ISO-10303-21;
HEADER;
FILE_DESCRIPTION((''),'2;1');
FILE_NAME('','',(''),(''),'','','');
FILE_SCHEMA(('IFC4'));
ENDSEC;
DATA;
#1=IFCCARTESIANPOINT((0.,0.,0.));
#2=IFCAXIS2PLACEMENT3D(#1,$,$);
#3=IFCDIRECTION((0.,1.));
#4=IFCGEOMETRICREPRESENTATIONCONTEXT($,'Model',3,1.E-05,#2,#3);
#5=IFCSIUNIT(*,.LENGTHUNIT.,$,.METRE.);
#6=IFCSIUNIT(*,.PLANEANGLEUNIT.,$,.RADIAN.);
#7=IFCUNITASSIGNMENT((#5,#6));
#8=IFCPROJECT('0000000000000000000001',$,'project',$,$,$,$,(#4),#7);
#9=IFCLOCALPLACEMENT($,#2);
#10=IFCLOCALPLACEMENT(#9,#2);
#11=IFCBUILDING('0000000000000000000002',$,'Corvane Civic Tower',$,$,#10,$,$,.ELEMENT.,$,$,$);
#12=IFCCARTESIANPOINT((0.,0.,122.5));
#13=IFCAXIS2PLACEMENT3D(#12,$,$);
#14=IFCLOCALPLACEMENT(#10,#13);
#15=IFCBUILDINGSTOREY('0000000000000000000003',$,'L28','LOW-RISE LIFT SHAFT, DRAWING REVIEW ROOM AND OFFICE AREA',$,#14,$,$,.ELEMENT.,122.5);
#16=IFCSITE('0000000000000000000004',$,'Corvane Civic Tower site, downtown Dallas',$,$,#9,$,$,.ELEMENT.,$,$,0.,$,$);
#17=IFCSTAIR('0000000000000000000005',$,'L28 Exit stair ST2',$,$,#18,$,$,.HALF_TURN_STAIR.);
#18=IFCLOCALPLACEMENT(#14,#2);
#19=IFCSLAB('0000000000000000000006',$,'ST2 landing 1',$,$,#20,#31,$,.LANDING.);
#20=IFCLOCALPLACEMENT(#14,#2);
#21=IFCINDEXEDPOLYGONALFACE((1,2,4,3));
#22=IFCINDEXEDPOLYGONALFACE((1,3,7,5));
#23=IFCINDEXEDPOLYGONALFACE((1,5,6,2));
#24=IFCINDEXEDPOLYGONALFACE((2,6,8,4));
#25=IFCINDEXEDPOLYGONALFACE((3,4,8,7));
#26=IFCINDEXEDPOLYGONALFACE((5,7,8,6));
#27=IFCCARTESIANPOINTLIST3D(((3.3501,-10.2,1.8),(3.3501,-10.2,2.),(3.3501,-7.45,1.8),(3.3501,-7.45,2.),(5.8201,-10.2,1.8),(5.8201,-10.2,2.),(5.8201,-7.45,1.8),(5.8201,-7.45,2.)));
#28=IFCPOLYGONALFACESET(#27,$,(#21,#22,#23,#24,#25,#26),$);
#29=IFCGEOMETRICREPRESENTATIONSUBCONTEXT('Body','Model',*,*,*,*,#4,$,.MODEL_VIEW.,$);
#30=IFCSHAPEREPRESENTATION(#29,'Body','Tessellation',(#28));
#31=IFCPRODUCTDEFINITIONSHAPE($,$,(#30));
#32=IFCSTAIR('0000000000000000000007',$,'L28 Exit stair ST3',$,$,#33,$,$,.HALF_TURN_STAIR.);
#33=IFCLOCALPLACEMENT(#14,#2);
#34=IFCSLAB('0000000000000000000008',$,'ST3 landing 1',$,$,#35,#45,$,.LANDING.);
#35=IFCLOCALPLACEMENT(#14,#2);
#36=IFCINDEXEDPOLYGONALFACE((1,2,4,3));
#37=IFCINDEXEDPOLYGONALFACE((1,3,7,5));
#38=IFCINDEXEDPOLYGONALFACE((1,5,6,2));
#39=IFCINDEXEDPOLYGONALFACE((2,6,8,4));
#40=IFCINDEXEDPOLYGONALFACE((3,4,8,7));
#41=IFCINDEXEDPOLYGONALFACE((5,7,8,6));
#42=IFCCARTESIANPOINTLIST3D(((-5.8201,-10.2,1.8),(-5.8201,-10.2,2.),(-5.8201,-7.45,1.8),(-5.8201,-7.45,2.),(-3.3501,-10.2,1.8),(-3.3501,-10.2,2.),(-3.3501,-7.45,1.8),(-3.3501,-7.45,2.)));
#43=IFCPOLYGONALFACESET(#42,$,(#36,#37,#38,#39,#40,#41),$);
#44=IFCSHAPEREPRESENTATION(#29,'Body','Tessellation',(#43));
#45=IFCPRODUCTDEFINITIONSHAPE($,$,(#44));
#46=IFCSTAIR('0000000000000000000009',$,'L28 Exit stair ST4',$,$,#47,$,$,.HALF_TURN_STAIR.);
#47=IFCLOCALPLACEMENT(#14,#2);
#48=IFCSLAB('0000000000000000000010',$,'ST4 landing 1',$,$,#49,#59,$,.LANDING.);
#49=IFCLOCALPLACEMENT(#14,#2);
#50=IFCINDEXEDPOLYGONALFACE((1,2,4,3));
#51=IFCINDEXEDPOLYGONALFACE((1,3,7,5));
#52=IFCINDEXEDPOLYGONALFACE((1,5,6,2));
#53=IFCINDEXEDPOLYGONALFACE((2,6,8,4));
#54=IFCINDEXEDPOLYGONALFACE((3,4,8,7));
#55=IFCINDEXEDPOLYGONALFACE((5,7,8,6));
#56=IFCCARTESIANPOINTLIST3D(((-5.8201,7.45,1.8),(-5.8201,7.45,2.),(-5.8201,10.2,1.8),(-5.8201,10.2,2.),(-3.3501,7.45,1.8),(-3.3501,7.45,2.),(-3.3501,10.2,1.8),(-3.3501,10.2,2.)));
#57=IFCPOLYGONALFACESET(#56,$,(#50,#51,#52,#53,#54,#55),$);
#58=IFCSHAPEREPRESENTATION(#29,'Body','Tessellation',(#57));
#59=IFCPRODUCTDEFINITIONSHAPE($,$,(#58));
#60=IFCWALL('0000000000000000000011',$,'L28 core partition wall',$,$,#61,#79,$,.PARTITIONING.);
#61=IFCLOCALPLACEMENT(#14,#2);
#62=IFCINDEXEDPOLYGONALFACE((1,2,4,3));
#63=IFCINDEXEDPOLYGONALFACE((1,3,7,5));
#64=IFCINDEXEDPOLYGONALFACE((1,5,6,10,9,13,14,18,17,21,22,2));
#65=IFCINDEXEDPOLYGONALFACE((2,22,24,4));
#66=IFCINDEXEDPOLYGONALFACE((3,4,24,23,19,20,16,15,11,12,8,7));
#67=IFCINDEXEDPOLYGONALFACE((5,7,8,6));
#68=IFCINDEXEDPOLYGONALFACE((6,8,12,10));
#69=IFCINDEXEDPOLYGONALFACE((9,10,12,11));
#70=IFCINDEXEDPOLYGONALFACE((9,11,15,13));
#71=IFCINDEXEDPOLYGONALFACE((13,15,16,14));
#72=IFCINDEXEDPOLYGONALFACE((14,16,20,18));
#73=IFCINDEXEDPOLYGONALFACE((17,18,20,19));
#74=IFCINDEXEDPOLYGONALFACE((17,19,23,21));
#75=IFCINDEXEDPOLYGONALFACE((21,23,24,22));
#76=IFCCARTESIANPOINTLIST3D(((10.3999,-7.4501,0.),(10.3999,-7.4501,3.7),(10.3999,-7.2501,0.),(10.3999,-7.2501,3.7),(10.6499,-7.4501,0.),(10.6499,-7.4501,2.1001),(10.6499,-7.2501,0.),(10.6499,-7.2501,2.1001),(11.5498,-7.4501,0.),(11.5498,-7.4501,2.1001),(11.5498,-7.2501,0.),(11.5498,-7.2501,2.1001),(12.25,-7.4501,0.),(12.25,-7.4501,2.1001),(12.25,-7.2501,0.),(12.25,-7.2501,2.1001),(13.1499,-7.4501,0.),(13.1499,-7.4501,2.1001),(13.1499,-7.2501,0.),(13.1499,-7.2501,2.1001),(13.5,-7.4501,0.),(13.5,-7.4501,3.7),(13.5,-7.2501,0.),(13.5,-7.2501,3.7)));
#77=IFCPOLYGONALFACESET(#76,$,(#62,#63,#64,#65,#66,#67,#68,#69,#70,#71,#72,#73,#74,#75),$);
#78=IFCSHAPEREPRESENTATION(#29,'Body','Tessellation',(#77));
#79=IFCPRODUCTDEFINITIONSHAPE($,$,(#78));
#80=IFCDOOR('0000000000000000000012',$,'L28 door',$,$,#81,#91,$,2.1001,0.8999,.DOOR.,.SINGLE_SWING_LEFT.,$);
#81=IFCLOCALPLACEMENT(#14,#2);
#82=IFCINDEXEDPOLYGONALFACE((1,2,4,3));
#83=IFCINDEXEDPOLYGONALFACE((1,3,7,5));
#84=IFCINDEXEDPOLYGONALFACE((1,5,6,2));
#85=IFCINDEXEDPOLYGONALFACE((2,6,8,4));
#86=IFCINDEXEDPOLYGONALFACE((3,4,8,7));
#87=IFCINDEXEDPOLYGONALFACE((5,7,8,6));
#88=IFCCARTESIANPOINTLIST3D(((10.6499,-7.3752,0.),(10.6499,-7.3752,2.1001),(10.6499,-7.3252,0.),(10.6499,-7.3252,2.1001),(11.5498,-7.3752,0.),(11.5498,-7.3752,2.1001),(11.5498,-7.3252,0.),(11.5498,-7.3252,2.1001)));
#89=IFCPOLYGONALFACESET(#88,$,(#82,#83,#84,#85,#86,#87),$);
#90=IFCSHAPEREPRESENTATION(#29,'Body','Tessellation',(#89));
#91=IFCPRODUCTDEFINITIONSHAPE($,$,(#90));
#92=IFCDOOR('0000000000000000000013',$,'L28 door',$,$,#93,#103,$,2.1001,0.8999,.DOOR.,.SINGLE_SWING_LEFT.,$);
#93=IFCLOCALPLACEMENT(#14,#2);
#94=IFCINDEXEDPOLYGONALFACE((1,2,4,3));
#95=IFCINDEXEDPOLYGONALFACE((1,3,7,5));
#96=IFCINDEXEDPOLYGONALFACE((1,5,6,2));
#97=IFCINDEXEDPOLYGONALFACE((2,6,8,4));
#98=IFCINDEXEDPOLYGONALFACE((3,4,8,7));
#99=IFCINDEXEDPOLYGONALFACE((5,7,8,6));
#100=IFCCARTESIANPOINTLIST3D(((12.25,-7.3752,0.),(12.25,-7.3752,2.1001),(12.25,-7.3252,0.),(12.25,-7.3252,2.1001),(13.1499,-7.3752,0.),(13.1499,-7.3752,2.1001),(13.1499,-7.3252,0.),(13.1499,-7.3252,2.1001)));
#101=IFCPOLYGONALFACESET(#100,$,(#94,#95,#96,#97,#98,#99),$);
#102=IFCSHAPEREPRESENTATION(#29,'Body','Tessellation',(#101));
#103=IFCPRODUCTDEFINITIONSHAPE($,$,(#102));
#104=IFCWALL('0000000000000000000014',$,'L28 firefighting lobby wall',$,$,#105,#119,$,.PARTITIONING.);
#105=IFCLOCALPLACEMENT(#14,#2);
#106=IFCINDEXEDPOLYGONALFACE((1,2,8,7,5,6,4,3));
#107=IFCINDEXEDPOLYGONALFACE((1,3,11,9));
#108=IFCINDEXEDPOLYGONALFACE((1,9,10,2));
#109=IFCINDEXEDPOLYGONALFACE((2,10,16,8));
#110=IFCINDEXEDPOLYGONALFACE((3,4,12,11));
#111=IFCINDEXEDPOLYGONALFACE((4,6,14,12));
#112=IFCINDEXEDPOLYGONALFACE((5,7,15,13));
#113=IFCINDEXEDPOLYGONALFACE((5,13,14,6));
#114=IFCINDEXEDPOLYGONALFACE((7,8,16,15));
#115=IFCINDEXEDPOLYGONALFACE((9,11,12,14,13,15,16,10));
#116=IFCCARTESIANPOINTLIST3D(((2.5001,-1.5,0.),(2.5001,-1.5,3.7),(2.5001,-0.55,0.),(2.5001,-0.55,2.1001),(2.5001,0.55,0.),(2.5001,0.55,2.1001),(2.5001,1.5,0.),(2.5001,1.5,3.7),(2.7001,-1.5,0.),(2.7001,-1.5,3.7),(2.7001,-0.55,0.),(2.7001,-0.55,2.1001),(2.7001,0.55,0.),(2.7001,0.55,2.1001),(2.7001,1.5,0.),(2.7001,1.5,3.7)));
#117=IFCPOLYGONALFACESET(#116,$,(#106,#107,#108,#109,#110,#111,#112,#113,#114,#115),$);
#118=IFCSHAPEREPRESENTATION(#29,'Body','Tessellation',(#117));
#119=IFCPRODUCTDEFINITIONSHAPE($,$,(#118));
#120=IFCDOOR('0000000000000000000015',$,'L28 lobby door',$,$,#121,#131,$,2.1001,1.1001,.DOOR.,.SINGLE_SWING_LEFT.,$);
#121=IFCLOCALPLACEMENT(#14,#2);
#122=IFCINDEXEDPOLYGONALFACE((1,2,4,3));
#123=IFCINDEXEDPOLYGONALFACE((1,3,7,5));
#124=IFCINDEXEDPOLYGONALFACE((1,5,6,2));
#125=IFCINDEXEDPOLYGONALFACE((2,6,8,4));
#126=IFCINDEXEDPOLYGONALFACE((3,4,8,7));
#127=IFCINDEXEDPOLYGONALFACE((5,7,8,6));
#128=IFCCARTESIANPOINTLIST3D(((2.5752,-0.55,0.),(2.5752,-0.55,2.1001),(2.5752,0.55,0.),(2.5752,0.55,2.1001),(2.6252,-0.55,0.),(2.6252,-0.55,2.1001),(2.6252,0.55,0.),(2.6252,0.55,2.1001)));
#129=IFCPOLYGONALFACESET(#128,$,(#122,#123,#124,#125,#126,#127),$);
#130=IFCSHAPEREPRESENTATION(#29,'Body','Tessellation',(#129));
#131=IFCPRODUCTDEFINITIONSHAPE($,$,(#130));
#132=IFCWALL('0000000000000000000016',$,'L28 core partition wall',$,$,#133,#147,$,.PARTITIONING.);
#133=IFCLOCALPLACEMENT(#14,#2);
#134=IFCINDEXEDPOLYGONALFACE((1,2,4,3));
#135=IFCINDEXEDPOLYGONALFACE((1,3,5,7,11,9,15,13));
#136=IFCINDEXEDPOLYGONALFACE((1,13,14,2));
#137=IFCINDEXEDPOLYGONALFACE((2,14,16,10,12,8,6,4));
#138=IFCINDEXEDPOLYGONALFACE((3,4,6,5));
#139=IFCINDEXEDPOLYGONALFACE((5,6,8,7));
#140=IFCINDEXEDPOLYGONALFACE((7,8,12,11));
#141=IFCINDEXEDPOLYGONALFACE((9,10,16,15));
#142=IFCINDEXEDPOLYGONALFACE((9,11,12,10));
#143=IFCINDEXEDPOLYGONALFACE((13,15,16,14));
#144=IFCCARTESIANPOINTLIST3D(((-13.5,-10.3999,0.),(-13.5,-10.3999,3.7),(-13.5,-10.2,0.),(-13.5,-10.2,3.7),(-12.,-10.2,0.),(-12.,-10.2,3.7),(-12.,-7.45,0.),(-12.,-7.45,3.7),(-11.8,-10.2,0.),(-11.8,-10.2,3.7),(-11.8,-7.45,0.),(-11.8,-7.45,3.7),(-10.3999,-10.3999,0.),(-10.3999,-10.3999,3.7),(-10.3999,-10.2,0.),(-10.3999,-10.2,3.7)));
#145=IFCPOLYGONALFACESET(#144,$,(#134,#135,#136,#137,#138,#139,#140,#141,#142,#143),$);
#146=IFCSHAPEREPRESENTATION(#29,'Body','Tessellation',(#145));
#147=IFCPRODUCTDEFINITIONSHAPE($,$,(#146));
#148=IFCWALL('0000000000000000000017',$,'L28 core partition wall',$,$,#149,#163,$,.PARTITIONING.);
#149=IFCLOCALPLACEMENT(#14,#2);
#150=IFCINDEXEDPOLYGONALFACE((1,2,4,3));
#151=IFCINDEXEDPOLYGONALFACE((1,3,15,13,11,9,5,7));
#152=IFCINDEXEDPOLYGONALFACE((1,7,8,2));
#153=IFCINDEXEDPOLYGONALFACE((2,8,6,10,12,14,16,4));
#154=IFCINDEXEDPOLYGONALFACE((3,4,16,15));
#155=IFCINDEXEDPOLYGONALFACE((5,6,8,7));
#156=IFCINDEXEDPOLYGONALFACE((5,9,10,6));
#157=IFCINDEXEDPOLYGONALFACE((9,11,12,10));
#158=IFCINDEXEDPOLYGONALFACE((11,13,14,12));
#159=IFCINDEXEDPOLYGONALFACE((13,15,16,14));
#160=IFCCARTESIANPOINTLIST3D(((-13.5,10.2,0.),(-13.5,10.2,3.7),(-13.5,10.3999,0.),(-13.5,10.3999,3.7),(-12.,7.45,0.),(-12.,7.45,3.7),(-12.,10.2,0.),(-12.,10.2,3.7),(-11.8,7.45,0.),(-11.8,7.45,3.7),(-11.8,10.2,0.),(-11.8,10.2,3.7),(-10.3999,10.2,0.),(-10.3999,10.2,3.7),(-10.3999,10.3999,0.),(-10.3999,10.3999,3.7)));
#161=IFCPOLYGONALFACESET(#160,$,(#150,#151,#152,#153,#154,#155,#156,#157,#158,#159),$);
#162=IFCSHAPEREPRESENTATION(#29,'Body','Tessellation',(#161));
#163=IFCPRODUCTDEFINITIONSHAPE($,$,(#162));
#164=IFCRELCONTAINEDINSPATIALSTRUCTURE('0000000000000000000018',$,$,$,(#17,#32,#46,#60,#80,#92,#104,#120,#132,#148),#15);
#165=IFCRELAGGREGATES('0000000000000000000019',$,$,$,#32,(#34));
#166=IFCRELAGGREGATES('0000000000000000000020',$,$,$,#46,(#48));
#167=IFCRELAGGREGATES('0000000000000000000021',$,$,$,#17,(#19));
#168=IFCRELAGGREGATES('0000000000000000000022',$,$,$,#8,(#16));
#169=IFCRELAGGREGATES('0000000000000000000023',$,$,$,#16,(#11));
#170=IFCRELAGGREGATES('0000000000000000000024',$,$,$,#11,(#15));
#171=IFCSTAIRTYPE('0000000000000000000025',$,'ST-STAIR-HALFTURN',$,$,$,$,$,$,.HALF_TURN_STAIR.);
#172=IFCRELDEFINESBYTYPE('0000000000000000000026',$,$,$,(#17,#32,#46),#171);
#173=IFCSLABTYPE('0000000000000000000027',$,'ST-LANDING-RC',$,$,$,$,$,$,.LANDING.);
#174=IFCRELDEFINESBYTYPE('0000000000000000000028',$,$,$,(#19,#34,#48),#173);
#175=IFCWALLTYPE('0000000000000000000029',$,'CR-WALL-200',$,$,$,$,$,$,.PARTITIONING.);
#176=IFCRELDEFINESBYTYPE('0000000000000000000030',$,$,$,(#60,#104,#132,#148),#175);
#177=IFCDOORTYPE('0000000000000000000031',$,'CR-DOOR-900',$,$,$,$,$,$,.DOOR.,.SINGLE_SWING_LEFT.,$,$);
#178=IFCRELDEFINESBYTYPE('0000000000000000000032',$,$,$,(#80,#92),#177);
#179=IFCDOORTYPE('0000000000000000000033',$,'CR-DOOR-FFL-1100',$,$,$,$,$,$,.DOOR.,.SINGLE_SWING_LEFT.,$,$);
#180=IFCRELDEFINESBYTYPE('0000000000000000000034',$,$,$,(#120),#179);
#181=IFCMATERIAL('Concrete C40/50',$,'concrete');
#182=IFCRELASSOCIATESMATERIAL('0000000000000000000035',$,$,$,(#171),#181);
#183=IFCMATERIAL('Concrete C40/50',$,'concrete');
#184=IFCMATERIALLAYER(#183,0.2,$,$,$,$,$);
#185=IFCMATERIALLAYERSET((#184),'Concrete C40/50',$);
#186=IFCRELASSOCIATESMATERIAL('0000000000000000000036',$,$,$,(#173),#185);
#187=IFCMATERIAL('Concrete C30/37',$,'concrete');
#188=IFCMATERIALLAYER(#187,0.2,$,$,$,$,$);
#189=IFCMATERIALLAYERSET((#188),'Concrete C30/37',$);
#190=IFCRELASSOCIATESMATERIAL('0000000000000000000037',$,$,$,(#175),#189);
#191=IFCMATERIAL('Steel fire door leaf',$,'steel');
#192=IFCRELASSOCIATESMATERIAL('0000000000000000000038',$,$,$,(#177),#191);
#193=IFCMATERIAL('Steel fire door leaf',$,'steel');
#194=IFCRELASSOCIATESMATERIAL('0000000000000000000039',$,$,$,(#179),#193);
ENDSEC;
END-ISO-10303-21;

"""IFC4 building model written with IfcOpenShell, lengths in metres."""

from ifc_helpers import new_model, si_unit, direction, frame, frame_2d, origin, place, context, subcontext, project, spatial, polyline, rectangle, outline, extrude, material, layer, layer_set, type_object, element, fill, aggregate, save


model = new_model("IFC4")

# Units and contexts
model_context = context("Model", 3, precision=1e-05, world=origin(), true_north=direction((0.0, 1.0)))
body_context = subcontext(model_context, "Body", "Model", "MODEL_VIEW")
ifc_project = project(units=[si_unit("LENGTHUNIT", "METRE"), si_unit("PLANEANGLEUNIT", "RADIAN")], contexts=[model_context])

# Site, building, storey
site_placement = place(None, origin())
site = spatial("IfcSite", under=ifc_project, at=site_placement, Name="Corvane Civic Tower site, downtown Dallas", CompositionType="ELEMENT", RefElevation=0.0)
building_placement = place(site_placement, origin())
building = spatial("IfcBuilding", under=site, at=building_placement, Name="Corvane Civic Tower", CompositionType="ELEMENT")
storey_placement = place(building_placement, frame((0.0, 0.0, 122.5)))
storey = spatial("IfcBuildingStorey", under=building, at=storey_placement, Name="L28", Description="LOW-RISE LIFT SHAFT, DRAWING REVIEW ROOM AND OFFICE AREA", CompositionType="ELEMENT", Elevation=122.5)

# Stairs, slabs
ifc_material_1 = material(Name="Concrete C40/50", Category="concrete")
stair_type = type_object("IfcStairType", Name="ST-STAIR-HALFTURN", PredefinedType="HALF_TURN_STAIR", material=ifc_material_1)
stair_1_placement = place(storey_placement, origin())
stair_1 = element("IfcStair", 1, at=stair_1_placement, inside=storey, type_object=stair_type, Name="L28 Exit stair ST2", PredefinedType="HALF_TURN_STAIR")
ifc_material_2 = material(Name="Concrete C40/50", Category="concrete")
ifc_layer_1 = layer(ifc_material_2, 0.2)
ifc_layer_set_1 = layer_set([ifc_layer_1], Name="Concrete C40/50")
slab_type = type_object("IfcSlabType", Name="ST-LANDING-RC", PredefinedType="LANDING", material=ifc_layer_set_1)
slab_1_placement = place(storey_placement, frame((0.0, 0.0, 1.8)))
slab_1 = element("IfcSlab", 2, at=slab_1_placement, type_object=slab_type, Name="ST2 landing 1", PredefinedType="LANDING", context=body_context, shape_type="SweptSolid", body=[
    extrude(outline(polyline([(5.8201, -7.45), (3.3501, -7.45), (3.3501, -10.2), (5.8201, -10.2), (5.8201, -7.45)])), origin(), (0.0, 0.0, 1.0), 0.2),
])
stair_2_placement = place(storey_placement, origin())
stair_2 = element("IfcStair", 3, at=stair_2_placement, inside=storey, type_object=stair_type, Name="L28 Exit stair ST3", PredefinedType="HALF_TURN_STAIR")
slab_2_placement = place(storey_placement, frame((0.0, 0.0, 1.8)))
slab_2 = element("IfcSlab", 4, at=slab_2_placement, type_object=slab_type, Name="ST3 landing 1", PredefinedType="LANDING", context=body_context, shape_type="SweptSolid", body=[
    extrude(outline(polyline([(-5.8201, -10.2), (-3.3501, -10.2), (-3.3501, -7.45), (-5.8201, -7.45), (-5.8201, -10.2)])), origin(), (0.0, 0.0, 1.0), 0.2),
])
aggregate(stair_2, [slab_2])
stair_3_placement = place(storey_placement, origin())
stair_3 = element("IfcStair", 5, at=stair_3_placement, inside=storey, type_object=stair_type, Name="L28 Exit stair ST4", PredefinedType="HALF_TURN_STAIR")
slab_3_placement = place(storey_placement, frame((0.0, 0.0, 1.8)))
slab_3 = element("IfcSlab", 6, at=slab_3_placement, type_object=slab_type, Name="ST4 landing 1", PredefinedType="LANDING", context=body_context, shape_type="SweptSolid", body=[
    extrude(outline(polyline([(-5.8201, 7.45), (-3.3501, 7.45), (-3.3501, 10.2), (-5.8201, 10.2), (-5.8201, 7.45)])), origin(), (0.0, 0.0, 1.0), 0.2),
])
aggregate(stair_3, [slab_3])

# Wall, openings, doors
ifc_material_3 = material(Name="Concrete C30/37", Category="concrete")
ifc_layer_2 = layer(ifc_material_3, 0.2)
ifc_layer_set_2 = layer_set([ifc_layer_2], Name="Concrete C30/37")
wall_type_1 = type_object("IfcWallType", Name="CR-WALL-200", PredefinedType="PARTITIONING", material=ifc_layer_set_2)
wall_1_placement = place(storey_placement, frame((10.3999, -7.3501, 0.0), z_axis=(0.0, 0.0, 1.0), x_axis=(1.0, 0.0, 0.0)))
wall_1 = element("IfcWall", 7, at=wall_1_placement, inside=storey, type_object=wall_type_1, Name="L28 core partition wall", PredefinedType="PARTITIONING", context=body_context, shape_type="SweptSolid", body=[
    extrude(rectangle(XDim=3.1001, YDim=0.2, at=frame_2d((1.55, 0.0))), origin(), (0.0, 0.0, 1.0), 3.7),
])
opening_1_placement = place(wall_1_placement, frame((0.25, 0.0, 0.0)))
opening_1 = element("IfcOpeningElement", 8, at=opening_1_placement, cuts=wall_1, PredefinedType="OPENING", context=body_context, shape_type="SweptSolid", body=[
    extrude(rectangle(XDim=0.8999, YDim=2.1001, at=frame_2d((0.45, 1.05))), frame((0.0, 0.1099, 0.0), z_axis=(0.0, -1.0, 0.0), x_axis=(1.0, 0.0, 0.0)), (0.0, 0.0, 1.0), 0.22),
])
opening_2_placement = place(wall_1_placement, frame((1.8501, 0.0, 0.0)))
opening_2 = element("IfcOpeningElement", 9, at=opening_2_placement, cuts=wall_1, PredefinedType="OPENING", context=body_context, shape_type="SweptSolid", body=[
    extrude(rectangle(XDim=0.8999, YDim=2.1001, at=frame_2d((0.45, 1.05))), frame((0.0, 0.1099, 0.0), z_axis=(0.0, -1.0, 0.0), x_axis=(1.0, 0.0, 0.0)), (0.0, 0.0, 1.0), 0.22),
])
ifc_material_4 = material(Name="Steel fire door leaf", Category="steel")
door_type_1 = type_object("IfcDoorType", Name="CR-DOOR-900", OperationType="SINGLE_SWING_LEFT", PredefinedType="DOOR", material=ifc_material_4)
door_1_placement = place(opening_1_placement, origin())
door_1 = element("IfcDoor", 10, at=door_1_placement, inside=storey, type_object=door_type_1, Name="L28 door", OperationType="SINGLE_SWING_LEFT", OverallHeight=2.1001, OverallWidth=0.8999, PredefinedType="DOOR", context=body_context, shape_type="SweptSolid", body=[
    extrude(rectangle(XDim=0.8999, YDim=2.1001, at=frame_2d((0.45, 1.05))), frame((0.0, 0.0249, 0.0), z_axis=(0.0, -1.0, 0.0), x_axis=(1.0, 0.0, 0.0)), (0.0, 0.0, 1.0), 0.05),
])
fill(opening_1, door_1)
door_2_placement = place(opening_2_placement, origin())
door_2 = element("IfcDoor", 11, at=door_2_placement, inside=storey, type_object=door_type_1, Name="L28 door", OperationType="SINGLE_SWING_LEFT", OverallHeight=2.1001, OverallWidth=0.8999, PredefinedType="DOOR", context=body_context, shape_type="SweptSolid", body=[
    extrude(rectangle(XDim=0.8999, YDim=2.1001, at=frame_2d((0.45, 1.05))), frame((0.0, 0.0249, 0.0), z_axis=(0.0, -1.0, 0.0), x_axis=(1.0, 0.0, 0.0)), (0.0, 0.0, 1.0), 0.05),
])
fill(opening_2, door_2)

# Wall, opening, door
wall_2_placement = place(storey_placement, frame((2.6001, -1.5, 0.0), z_axis=(0.0, 0.0, 1.0), x_axis=(0.0, 1.0, 0.0)))
wall_2 = element("IfcWall", 12, at=wall_2_placement, inside=storey, type_object=wall_type_1, Name="L28 firefighting lobby wall", PredefinedType="PARTITIONING", context=body_context, shape_type="SweptSolid", body=[
    extrude(rectangle(XDim=3.0, YDim=0.2, at=frame_2d((1.5, 0.0))), origin(), (0.0, 0.0, 1.0), 3.7),
])
opening_3_placement = place(wall_2_placement, frame((0.95, 0.0, 0.0)))
opening_3 = element("IfcOpeningElement", 13, at=opening_3_placement, cuts=wall_2, PredefinedType="OPENING", context=body_context, shape_type="SweptSolid", body=[
    extrude(rectangle(XDim=1.1001, YDim=2.1001, at=frame_2d((0.55, 1.05))), frame((0.0, 0.1099, 0.0), z_axis=(0.0, -1.0, 0.0), x_axis=(1.0, 0.0, 0.0)), (0.0, 0.0, 1.0), 0.22),
])
ifc_material_5 = material(Name="Steel fire door leaf", Category="steel")
door_type_2 = type_object("IfcDoorType", Name="CR-DOOR-FFL-1100", OperationType="SINGLE_SWING_LEFT", PredefinedType="DOOR", material=ifc_material_5)
door_3_placement = place(opening_3_placement, origin())
door_3 = element("IfcDoor", 14, at=door_3_placement, inside=storey, type_object=door_type_2, Name="L28 lobby door", OperationType="SINGLE_SWING_LEFT", OverallHeight=2.1001, OverallWidth=1.1001, PredefinedType="DOOR", context=body_context, shape_type="SweptSolid", body=[
    extrude(rectangle(XDim=1.1001, YDim=2.1001, at=frame_2d((0.55, 1.05))), frame((0.0, 0.0249, 0.0), z_axis=(0.0, -1.0, 0.0), x_axis=(1.0, 0.0, 0.0)), (0.0, 0.0, 1.0), 0.05),
])
fill(opening_3, door_3)

# Walls
wall_3_placement = place(storey_placement, origin())
element("IfcWall", 15, at=wall_3_placement, inside=storey, type_object=wall_type_1, Name="L28 core partition wall", PredefinedType="PARTITIONING", context=body_context, shape_type="SweptSolid", body=[
    extrude(outline(polyline([(-12.0, -7.45), (-11.8, -7.45), (-11.8, -10.2), (-10.3999, -10.2), (-10.3999, -10.3999), (-13.5, -10.3999), (-13.5, -10.2), (-12.0, -10.2), (-12.0, -7.45)])), origin(), (0.0, 0.0, 1.0), 3.7),
])
wall_4_placement = place(storey_placement, origin())
element("IfcWall", 16, at=wall_4_placement, inside=storey, type_object=wall_type_1, Name="L28 core partition wall", PredefinedType="PARTITIONING", context=body_context, shape_type="SweptSolid", body=[
    extrude(outline(polyline([(-13.5, 10.3999), (-10.3999, 10.3999), (-10.3999, 10.2), (-11.8, 10.2), (-11.8, 7.45), (-12.0, 7.45), (-12.0, 10.2), (-13.5, 10.2), (-13.5, 10.3999)])), origin(), (0.0, 0.0, 1.0), 3.7),
])

aggregate(stair_1, [slab_1])

save(model, "model.ifc")
